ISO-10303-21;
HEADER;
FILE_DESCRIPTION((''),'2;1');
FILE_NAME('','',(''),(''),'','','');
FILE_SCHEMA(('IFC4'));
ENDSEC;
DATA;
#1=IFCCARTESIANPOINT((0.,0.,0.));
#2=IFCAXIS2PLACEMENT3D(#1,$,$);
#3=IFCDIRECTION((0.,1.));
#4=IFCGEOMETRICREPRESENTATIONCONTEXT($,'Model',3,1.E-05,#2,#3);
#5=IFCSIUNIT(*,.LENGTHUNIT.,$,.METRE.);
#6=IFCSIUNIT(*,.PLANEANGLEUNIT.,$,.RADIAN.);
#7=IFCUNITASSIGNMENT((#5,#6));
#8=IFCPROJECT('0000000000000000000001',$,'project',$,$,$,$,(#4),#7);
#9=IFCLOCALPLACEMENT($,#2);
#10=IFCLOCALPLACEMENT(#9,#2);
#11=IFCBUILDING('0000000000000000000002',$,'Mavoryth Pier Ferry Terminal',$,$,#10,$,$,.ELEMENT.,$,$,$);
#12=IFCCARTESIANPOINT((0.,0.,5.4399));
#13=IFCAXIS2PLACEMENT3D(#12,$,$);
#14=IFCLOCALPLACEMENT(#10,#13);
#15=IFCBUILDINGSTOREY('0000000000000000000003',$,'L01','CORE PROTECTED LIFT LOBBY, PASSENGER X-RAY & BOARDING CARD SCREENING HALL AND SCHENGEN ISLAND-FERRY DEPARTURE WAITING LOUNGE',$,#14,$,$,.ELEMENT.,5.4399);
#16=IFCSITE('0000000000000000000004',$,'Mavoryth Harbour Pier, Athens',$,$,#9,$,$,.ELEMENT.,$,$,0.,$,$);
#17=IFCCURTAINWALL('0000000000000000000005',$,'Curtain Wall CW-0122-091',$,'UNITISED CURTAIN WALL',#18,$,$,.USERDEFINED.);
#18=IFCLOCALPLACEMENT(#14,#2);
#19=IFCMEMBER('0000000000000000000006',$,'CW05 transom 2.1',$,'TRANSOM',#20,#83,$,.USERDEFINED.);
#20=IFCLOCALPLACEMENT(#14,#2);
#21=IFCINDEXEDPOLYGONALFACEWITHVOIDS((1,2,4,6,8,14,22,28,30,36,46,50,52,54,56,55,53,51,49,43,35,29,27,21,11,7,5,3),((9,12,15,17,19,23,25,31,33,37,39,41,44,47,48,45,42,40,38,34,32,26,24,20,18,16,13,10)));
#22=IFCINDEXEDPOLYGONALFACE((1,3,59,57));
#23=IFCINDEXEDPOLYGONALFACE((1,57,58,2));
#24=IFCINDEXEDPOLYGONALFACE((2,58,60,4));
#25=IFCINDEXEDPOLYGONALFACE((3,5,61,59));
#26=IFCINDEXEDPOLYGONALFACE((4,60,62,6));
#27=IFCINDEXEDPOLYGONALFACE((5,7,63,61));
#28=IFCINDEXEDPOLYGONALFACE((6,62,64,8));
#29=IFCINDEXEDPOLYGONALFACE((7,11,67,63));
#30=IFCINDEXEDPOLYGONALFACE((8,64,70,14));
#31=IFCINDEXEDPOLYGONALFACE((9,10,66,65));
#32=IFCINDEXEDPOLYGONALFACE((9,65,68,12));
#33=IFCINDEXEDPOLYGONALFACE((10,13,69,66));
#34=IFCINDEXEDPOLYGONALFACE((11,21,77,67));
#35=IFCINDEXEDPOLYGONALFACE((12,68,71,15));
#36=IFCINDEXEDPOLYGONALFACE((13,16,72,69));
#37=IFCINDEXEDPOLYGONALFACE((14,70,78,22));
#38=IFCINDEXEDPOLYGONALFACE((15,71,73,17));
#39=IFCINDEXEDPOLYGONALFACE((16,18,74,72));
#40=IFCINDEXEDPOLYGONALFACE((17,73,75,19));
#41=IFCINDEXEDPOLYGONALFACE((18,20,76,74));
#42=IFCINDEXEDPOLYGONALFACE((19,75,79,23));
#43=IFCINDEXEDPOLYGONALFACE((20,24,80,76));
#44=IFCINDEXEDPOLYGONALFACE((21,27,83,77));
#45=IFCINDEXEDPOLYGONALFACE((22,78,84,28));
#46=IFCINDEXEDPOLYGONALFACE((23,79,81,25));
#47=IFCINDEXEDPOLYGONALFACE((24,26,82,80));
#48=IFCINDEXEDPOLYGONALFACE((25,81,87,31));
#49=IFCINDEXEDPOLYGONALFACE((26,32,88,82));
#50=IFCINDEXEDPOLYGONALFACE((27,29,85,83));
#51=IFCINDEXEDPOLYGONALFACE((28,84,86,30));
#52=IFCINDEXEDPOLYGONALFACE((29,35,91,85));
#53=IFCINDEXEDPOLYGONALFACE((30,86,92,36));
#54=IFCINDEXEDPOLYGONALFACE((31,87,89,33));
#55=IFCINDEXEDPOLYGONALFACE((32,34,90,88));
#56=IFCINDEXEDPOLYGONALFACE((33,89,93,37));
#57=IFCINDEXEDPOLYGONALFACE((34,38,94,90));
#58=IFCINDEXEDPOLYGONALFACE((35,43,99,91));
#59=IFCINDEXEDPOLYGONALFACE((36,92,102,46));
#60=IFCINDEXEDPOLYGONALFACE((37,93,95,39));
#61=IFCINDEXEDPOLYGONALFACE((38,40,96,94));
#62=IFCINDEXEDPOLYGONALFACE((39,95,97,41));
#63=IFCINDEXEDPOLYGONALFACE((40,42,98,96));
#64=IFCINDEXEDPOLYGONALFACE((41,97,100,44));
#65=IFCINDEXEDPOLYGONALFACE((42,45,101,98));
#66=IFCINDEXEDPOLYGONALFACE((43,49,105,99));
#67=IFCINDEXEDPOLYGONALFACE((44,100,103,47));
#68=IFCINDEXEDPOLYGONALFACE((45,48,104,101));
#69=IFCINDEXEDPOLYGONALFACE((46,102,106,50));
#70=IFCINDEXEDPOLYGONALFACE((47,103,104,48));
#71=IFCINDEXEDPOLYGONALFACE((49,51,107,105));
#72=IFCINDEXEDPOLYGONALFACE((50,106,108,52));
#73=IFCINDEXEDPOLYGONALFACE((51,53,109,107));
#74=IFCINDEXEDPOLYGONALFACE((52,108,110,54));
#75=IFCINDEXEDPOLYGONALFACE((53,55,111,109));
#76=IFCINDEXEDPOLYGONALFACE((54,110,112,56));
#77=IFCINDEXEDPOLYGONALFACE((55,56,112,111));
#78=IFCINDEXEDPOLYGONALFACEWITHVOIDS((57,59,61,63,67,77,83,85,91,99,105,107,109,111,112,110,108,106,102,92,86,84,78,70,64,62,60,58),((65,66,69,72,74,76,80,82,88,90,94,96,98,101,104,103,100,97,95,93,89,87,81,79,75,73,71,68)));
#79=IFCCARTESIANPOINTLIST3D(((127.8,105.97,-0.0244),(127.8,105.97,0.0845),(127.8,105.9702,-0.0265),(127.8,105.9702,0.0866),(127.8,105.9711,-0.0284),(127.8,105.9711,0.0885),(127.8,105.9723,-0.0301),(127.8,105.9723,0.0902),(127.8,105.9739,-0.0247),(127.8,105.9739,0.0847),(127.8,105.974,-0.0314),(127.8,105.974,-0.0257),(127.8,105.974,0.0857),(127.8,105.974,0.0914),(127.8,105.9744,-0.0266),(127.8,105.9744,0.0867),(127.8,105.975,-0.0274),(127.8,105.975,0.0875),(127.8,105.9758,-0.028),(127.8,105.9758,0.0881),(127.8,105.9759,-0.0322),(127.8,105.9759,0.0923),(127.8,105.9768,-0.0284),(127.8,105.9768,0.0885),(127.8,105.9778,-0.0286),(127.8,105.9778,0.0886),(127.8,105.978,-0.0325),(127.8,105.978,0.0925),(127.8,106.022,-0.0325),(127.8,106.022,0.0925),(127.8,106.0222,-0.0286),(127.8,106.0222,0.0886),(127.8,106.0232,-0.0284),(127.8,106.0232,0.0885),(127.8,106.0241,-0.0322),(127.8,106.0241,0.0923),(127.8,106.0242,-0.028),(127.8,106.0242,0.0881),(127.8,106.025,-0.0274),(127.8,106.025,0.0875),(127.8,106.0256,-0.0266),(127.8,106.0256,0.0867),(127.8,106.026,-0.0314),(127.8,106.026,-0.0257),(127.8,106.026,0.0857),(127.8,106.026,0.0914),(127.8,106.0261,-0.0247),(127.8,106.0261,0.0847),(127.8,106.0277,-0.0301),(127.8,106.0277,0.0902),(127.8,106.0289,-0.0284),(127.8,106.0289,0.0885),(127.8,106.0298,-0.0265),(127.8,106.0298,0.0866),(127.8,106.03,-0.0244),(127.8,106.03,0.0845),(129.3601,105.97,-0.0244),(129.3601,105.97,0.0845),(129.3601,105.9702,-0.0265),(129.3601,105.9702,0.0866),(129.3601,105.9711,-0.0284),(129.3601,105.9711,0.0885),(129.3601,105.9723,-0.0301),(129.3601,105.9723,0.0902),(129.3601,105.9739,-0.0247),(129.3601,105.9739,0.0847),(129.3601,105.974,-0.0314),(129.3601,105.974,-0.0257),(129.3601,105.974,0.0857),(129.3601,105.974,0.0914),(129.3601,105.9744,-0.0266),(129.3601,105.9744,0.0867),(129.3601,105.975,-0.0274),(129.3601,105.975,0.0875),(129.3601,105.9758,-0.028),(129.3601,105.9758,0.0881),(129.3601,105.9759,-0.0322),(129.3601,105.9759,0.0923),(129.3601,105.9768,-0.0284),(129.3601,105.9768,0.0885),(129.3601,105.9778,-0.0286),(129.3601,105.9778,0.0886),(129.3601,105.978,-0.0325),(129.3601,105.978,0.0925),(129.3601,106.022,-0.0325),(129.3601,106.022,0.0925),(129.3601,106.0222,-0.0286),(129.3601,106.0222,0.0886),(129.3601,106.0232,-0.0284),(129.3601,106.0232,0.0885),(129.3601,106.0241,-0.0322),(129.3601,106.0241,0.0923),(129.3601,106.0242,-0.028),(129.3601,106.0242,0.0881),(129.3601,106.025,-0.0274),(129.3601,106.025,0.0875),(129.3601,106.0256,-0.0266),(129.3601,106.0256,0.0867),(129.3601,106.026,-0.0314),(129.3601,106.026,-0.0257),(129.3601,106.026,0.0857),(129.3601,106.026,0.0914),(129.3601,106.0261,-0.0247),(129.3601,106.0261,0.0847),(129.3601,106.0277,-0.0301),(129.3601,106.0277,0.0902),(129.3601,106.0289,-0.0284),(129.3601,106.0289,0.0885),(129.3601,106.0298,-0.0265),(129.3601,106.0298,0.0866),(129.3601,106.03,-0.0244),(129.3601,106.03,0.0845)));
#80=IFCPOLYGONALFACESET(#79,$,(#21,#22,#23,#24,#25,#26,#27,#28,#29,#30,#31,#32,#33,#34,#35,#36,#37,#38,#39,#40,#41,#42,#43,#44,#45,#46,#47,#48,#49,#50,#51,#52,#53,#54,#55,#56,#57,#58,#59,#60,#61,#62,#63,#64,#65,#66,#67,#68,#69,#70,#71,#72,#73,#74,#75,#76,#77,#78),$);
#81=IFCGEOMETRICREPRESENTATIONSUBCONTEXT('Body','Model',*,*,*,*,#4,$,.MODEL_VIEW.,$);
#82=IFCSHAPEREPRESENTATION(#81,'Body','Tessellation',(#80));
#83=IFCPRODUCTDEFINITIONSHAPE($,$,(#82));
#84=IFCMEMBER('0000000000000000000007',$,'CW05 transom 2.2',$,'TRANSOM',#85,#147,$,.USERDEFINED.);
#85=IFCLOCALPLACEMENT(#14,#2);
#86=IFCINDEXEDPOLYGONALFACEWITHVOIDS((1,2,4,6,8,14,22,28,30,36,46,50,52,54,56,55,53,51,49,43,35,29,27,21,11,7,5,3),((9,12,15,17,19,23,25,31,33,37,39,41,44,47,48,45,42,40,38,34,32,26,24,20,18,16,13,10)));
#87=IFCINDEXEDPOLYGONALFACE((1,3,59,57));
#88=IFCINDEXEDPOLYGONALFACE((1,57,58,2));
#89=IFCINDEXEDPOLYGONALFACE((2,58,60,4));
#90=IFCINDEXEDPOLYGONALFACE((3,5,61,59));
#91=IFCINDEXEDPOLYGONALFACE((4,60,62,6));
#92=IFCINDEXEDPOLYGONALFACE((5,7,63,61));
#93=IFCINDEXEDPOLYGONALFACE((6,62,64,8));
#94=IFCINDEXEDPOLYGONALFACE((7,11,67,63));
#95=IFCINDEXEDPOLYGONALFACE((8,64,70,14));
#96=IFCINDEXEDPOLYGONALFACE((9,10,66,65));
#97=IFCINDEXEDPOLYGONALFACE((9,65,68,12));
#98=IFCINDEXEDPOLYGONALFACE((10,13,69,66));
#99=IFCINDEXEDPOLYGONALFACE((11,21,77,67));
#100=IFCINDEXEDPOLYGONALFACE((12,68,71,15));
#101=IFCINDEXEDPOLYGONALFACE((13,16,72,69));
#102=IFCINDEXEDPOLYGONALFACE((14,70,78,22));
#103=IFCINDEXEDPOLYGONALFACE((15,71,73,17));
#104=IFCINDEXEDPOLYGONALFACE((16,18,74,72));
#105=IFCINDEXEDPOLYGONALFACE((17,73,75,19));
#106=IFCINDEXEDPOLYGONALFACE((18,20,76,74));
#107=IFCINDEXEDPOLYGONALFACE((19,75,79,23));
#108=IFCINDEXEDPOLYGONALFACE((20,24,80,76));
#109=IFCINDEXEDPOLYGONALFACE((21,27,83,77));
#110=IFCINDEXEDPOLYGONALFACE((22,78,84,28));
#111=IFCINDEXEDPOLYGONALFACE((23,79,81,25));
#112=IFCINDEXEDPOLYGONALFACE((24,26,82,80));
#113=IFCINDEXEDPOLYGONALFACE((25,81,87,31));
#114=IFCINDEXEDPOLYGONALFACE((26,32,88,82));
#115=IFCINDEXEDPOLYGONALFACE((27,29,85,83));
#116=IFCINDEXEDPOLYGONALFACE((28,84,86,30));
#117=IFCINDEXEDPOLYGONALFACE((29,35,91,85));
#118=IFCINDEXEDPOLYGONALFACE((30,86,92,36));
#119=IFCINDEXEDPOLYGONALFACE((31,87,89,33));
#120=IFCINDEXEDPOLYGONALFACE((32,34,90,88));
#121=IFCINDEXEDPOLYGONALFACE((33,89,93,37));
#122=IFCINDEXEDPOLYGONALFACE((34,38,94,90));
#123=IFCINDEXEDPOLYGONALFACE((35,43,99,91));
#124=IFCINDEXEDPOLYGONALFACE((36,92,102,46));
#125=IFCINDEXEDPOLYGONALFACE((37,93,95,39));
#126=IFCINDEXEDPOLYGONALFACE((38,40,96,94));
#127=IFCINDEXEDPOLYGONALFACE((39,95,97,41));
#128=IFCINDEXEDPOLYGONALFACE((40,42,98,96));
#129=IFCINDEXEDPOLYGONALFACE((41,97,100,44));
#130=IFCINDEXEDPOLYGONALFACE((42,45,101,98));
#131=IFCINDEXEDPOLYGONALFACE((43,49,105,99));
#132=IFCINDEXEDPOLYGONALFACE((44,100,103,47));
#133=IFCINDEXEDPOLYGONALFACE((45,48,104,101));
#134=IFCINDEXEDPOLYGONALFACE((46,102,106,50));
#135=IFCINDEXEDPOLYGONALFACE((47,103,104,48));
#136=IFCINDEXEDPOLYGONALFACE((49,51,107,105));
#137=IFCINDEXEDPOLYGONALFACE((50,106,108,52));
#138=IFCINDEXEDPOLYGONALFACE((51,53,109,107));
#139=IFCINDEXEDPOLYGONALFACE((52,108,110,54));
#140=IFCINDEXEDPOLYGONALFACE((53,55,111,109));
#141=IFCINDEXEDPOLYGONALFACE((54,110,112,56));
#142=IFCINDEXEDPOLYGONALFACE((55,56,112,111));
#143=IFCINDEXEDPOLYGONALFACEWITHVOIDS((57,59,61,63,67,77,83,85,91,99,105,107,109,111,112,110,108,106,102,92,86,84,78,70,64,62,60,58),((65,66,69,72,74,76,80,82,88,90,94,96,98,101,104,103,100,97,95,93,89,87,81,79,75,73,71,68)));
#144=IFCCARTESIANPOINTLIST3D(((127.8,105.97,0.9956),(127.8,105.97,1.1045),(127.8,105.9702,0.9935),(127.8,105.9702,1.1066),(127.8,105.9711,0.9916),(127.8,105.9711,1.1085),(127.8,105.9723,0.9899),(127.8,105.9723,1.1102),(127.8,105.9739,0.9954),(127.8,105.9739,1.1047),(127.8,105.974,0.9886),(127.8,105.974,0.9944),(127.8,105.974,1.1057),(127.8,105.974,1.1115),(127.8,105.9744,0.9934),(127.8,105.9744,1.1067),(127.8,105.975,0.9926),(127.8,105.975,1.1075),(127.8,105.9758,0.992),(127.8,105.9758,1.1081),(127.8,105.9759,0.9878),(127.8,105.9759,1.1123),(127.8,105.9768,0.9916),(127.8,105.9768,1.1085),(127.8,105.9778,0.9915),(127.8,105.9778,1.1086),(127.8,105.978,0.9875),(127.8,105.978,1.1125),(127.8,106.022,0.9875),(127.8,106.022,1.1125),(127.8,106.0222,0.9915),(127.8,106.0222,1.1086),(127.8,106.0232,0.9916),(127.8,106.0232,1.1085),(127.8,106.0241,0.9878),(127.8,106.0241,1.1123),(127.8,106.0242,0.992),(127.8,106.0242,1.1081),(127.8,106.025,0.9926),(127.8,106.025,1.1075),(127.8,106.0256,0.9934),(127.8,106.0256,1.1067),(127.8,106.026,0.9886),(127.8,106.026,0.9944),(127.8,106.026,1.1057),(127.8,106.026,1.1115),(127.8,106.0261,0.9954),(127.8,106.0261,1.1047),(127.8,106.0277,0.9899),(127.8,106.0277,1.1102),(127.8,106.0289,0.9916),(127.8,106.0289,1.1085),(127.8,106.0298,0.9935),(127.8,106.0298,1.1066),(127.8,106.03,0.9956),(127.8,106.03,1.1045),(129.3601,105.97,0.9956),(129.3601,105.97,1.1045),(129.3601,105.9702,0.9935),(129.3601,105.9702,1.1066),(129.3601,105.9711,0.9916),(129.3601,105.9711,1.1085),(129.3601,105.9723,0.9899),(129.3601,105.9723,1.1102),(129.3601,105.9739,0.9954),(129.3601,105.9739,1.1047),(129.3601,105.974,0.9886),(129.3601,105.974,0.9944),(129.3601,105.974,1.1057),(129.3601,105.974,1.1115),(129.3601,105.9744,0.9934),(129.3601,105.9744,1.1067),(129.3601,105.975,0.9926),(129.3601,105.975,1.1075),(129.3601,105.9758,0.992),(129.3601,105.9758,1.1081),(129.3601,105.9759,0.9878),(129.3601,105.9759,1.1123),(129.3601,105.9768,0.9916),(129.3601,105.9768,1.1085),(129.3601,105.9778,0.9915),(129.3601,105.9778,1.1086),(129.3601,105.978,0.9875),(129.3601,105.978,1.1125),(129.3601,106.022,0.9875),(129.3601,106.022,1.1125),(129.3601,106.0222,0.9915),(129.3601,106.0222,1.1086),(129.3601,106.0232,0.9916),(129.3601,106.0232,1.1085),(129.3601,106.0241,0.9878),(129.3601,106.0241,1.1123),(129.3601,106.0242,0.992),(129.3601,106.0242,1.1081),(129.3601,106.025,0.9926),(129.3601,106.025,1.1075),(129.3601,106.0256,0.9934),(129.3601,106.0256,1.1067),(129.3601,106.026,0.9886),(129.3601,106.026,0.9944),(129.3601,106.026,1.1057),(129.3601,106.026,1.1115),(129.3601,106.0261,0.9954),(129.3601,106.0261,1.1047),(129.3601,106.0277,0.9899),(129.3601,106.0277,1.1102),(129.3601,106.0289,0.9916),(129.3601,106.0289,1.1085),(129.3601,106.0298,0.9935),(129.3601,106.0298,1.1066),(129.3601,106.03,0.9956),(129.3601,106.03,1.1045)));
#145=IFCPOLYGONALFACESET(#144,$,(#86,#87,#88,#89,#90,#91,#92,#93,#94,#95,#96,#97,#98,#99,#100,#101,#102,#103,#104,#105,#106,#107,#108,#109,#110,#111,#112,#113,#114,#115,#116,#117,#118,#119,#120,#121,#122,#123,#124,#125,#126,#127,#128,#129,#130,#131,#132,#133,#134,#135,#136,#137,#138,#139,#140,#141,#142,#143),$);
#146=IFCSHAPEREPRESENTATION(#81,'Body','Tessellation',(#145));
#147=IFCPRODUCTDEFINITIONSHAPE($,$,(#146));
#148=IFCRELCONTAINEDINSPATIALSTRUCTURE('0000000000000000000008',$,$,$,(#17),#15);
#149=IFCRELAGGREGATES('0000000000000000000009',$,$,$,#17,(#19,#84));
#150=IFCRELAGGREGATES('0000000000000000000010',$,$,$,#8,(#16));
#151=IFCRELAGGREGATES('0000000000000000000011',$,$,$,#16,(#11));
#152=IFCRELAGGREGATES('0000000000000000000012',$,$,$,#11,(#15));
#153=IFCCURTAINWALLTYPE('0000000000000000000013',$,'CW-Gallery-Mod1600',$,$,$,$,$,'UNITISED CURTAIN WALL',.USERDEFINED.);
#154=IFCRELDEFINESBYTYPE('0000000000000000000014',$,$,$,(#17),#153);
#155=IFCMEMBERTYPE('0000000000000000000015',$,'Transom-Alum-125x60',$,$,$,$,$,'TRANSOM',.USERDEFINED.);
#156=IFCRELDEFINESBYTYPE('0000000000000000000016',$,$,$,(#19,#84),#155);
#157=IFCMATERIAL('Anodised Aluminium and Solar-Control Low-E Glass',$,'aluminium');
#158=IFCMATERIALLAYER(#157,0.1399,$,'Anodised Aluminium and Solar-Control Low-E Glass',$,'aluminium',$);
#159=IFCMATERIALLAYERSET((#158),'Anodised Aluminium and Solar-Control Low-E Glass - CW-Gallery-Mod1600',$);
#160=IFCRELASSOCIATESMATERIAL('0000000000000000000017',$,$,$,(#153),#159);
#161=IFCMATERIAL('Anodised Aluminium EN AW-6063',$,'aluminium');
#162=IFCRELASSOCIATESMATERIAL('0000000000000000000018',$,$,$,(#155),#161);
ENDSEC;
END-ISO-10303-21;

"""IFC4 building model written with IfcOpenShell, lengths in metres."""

from ifc_helpers import new_model, si_unit, direction, frame, origin, origin_2d, place, context, subcontext, project, spatial, hollow_rectangle, extrude, material, layer, layer_set, material_profile, profile_set, type_object, element, aggregate, save


model = new_model("IFC4")

# Units and contexts
model_context = context("Model", 3, precision=1e-05, world=origin(), true_north=direction((0.0, 1.0)))
body_context = subcontext(model_context, "Body", "Model", "MODEL_VIEW")
ifc_project = project(units=[si_unit("LENGTHUNIT", "METRE"), si_unit("PLANEANGLEUNIT", "RADIAN")], contexts=[model_context])

# Site, building, storey
site_placement = place(None, origin())
site = spatial("IfcSite", under=ifc_project, at=site_placement, Name="Mavoryth Harbour Pier, Athens", CompositionType="ELEMENT", RefElevation=0.0)
building_placement = place(site_placement, origin())
building = spatial("IfcBuilding", under=site, at=building_placement, Name="Mavoryth Pier Ferry Terminal", CompositionType="ELEMENT")
storey_placement = place(building_placement, frame((0.0, 0.0, 5.4399)))
storey = spatial("IfcBuildingStorey", under=building, at=storey_placement, Name="L01", Description="CORE PROTECTED LIFT LOBBY, PASSENGER X-RAY & BOARDING CARD SCREENING HALL AND SCHENGEN ISLAND-FERRY DEPARTURE WAITING LOUNGE", CompositionType="ELEMENT", Elevation=5.4399)

# Shared definitions
ifc_material_1 = material(Name="Anodised Aluminium and Solar-Control Low-E Glass", Category="aluminium")
ifc_layer_1 = layer(ifc_material_1, 0.1399, Name="Anodised Aluminium and Solar-Control Low-E Glass", Category="aluminium")
ifc_layer_set_1 = layer_set([ifc_layer_1], Name="Anodised Aluminium and Solar-Control Low-E Glass - CW-Gallery-Mod1600")
curtain_wall_type = type_object("IfcCurtainWallType", Name="CW-Gallery-Mod1600", ElementType="UNITISED CURTAIN WALL", PredefinedType="USERDEFINED", material=ifc_layer_set_1)
ifc_material_2 = material(Name="Anodised Aluminium EN AW-6063", Category="aluminium")

# Curtain wall
curtain_wall_1_placement = place(storey_placement, origin())
curtain_wall_1 = element("IfcCurtainWall", 1, at=curtain_wall_1_placement, inside=storey, type_object=curtain_wall_type, Name="Curtain Wall CW-0122-091", ObjectType="UNITISED CURTAIN WALL", PredefinedType="USERDEFINED")

# Members
ifc_material_profile_1 = material_profile(ifc_material_2, hollow_rectangle(XDim=0.0601, YDim=0.125, WallThickness=0.0039, InnerFilletRadius=0.0039, OuterFilletRadius=0.0081, at=origin_2d()), Name="AL-TRAN 125x60x4", Category="aluminium")
ifc_profile_set_1 = profile_set([ifc_material_profile_1], Name="Anodised Aluminium EN AW-6063 - AL-TRAN 125x60x4")
member_type_1 = type_object("IfcMemberType", Name="Transom-Alum-125x60", ElementType="TRANSOM", PredefinedType="USERDEFINED", material=ifc_profile_set_1)
member_1_placement = place(storey_placement, frame((127.8, 106.0, 0.03), z_axis=(1.0, 0.0, 0.0), x_axis=(0.0, 1.0, 0.0)))
member_1 = element("IfcMember", 2, at=member_1_placement, type_object=member_type_1, Name="CW05 transom 2.1", ObjectType="TRANSOM", PredefinedType="USERDEFINED", context=body_context, shape_type="SweptSolid", body=[
    extrude(hollow_rectangle(XDim=0.0601, YDim=0.125, WallThickness=0.0039, InnerFilletRadius=0.0039, OuterFilletRadius=0.0081, at=origin_2d()), origin(), (0.0, 0.0, 1.0), 1.5601),
])
member_2_placement = place(storey_placement, frame((127.8, 106.0, 1.05), z_axis=(1.0, 0.0, 0.0), x_axis=(0.0, 1.0, 0.0)))
member_2 = element("IfcMember", 3, at=member_2_placement, type_object=member_type_1, Name="CW05 transom 2.2", ObjectType="TRANSOM", PredefinedType="USERDEFINED", context=body_context, shape_type="SweptSolid", body=[
    extrude(hollow_rectangle(XDim=0.0601, YDim=0.125, WallThickness=0.0039, InnerFilletRadius=0.0039, OuterFilletRadius=0.0081, at=origin_2d()), origin(), (0.0, 0.0, 1.0), 1.5601),
])

aggregate(curtain_wall_1, [member_1, member_2])

save(model, "model.ifc")
